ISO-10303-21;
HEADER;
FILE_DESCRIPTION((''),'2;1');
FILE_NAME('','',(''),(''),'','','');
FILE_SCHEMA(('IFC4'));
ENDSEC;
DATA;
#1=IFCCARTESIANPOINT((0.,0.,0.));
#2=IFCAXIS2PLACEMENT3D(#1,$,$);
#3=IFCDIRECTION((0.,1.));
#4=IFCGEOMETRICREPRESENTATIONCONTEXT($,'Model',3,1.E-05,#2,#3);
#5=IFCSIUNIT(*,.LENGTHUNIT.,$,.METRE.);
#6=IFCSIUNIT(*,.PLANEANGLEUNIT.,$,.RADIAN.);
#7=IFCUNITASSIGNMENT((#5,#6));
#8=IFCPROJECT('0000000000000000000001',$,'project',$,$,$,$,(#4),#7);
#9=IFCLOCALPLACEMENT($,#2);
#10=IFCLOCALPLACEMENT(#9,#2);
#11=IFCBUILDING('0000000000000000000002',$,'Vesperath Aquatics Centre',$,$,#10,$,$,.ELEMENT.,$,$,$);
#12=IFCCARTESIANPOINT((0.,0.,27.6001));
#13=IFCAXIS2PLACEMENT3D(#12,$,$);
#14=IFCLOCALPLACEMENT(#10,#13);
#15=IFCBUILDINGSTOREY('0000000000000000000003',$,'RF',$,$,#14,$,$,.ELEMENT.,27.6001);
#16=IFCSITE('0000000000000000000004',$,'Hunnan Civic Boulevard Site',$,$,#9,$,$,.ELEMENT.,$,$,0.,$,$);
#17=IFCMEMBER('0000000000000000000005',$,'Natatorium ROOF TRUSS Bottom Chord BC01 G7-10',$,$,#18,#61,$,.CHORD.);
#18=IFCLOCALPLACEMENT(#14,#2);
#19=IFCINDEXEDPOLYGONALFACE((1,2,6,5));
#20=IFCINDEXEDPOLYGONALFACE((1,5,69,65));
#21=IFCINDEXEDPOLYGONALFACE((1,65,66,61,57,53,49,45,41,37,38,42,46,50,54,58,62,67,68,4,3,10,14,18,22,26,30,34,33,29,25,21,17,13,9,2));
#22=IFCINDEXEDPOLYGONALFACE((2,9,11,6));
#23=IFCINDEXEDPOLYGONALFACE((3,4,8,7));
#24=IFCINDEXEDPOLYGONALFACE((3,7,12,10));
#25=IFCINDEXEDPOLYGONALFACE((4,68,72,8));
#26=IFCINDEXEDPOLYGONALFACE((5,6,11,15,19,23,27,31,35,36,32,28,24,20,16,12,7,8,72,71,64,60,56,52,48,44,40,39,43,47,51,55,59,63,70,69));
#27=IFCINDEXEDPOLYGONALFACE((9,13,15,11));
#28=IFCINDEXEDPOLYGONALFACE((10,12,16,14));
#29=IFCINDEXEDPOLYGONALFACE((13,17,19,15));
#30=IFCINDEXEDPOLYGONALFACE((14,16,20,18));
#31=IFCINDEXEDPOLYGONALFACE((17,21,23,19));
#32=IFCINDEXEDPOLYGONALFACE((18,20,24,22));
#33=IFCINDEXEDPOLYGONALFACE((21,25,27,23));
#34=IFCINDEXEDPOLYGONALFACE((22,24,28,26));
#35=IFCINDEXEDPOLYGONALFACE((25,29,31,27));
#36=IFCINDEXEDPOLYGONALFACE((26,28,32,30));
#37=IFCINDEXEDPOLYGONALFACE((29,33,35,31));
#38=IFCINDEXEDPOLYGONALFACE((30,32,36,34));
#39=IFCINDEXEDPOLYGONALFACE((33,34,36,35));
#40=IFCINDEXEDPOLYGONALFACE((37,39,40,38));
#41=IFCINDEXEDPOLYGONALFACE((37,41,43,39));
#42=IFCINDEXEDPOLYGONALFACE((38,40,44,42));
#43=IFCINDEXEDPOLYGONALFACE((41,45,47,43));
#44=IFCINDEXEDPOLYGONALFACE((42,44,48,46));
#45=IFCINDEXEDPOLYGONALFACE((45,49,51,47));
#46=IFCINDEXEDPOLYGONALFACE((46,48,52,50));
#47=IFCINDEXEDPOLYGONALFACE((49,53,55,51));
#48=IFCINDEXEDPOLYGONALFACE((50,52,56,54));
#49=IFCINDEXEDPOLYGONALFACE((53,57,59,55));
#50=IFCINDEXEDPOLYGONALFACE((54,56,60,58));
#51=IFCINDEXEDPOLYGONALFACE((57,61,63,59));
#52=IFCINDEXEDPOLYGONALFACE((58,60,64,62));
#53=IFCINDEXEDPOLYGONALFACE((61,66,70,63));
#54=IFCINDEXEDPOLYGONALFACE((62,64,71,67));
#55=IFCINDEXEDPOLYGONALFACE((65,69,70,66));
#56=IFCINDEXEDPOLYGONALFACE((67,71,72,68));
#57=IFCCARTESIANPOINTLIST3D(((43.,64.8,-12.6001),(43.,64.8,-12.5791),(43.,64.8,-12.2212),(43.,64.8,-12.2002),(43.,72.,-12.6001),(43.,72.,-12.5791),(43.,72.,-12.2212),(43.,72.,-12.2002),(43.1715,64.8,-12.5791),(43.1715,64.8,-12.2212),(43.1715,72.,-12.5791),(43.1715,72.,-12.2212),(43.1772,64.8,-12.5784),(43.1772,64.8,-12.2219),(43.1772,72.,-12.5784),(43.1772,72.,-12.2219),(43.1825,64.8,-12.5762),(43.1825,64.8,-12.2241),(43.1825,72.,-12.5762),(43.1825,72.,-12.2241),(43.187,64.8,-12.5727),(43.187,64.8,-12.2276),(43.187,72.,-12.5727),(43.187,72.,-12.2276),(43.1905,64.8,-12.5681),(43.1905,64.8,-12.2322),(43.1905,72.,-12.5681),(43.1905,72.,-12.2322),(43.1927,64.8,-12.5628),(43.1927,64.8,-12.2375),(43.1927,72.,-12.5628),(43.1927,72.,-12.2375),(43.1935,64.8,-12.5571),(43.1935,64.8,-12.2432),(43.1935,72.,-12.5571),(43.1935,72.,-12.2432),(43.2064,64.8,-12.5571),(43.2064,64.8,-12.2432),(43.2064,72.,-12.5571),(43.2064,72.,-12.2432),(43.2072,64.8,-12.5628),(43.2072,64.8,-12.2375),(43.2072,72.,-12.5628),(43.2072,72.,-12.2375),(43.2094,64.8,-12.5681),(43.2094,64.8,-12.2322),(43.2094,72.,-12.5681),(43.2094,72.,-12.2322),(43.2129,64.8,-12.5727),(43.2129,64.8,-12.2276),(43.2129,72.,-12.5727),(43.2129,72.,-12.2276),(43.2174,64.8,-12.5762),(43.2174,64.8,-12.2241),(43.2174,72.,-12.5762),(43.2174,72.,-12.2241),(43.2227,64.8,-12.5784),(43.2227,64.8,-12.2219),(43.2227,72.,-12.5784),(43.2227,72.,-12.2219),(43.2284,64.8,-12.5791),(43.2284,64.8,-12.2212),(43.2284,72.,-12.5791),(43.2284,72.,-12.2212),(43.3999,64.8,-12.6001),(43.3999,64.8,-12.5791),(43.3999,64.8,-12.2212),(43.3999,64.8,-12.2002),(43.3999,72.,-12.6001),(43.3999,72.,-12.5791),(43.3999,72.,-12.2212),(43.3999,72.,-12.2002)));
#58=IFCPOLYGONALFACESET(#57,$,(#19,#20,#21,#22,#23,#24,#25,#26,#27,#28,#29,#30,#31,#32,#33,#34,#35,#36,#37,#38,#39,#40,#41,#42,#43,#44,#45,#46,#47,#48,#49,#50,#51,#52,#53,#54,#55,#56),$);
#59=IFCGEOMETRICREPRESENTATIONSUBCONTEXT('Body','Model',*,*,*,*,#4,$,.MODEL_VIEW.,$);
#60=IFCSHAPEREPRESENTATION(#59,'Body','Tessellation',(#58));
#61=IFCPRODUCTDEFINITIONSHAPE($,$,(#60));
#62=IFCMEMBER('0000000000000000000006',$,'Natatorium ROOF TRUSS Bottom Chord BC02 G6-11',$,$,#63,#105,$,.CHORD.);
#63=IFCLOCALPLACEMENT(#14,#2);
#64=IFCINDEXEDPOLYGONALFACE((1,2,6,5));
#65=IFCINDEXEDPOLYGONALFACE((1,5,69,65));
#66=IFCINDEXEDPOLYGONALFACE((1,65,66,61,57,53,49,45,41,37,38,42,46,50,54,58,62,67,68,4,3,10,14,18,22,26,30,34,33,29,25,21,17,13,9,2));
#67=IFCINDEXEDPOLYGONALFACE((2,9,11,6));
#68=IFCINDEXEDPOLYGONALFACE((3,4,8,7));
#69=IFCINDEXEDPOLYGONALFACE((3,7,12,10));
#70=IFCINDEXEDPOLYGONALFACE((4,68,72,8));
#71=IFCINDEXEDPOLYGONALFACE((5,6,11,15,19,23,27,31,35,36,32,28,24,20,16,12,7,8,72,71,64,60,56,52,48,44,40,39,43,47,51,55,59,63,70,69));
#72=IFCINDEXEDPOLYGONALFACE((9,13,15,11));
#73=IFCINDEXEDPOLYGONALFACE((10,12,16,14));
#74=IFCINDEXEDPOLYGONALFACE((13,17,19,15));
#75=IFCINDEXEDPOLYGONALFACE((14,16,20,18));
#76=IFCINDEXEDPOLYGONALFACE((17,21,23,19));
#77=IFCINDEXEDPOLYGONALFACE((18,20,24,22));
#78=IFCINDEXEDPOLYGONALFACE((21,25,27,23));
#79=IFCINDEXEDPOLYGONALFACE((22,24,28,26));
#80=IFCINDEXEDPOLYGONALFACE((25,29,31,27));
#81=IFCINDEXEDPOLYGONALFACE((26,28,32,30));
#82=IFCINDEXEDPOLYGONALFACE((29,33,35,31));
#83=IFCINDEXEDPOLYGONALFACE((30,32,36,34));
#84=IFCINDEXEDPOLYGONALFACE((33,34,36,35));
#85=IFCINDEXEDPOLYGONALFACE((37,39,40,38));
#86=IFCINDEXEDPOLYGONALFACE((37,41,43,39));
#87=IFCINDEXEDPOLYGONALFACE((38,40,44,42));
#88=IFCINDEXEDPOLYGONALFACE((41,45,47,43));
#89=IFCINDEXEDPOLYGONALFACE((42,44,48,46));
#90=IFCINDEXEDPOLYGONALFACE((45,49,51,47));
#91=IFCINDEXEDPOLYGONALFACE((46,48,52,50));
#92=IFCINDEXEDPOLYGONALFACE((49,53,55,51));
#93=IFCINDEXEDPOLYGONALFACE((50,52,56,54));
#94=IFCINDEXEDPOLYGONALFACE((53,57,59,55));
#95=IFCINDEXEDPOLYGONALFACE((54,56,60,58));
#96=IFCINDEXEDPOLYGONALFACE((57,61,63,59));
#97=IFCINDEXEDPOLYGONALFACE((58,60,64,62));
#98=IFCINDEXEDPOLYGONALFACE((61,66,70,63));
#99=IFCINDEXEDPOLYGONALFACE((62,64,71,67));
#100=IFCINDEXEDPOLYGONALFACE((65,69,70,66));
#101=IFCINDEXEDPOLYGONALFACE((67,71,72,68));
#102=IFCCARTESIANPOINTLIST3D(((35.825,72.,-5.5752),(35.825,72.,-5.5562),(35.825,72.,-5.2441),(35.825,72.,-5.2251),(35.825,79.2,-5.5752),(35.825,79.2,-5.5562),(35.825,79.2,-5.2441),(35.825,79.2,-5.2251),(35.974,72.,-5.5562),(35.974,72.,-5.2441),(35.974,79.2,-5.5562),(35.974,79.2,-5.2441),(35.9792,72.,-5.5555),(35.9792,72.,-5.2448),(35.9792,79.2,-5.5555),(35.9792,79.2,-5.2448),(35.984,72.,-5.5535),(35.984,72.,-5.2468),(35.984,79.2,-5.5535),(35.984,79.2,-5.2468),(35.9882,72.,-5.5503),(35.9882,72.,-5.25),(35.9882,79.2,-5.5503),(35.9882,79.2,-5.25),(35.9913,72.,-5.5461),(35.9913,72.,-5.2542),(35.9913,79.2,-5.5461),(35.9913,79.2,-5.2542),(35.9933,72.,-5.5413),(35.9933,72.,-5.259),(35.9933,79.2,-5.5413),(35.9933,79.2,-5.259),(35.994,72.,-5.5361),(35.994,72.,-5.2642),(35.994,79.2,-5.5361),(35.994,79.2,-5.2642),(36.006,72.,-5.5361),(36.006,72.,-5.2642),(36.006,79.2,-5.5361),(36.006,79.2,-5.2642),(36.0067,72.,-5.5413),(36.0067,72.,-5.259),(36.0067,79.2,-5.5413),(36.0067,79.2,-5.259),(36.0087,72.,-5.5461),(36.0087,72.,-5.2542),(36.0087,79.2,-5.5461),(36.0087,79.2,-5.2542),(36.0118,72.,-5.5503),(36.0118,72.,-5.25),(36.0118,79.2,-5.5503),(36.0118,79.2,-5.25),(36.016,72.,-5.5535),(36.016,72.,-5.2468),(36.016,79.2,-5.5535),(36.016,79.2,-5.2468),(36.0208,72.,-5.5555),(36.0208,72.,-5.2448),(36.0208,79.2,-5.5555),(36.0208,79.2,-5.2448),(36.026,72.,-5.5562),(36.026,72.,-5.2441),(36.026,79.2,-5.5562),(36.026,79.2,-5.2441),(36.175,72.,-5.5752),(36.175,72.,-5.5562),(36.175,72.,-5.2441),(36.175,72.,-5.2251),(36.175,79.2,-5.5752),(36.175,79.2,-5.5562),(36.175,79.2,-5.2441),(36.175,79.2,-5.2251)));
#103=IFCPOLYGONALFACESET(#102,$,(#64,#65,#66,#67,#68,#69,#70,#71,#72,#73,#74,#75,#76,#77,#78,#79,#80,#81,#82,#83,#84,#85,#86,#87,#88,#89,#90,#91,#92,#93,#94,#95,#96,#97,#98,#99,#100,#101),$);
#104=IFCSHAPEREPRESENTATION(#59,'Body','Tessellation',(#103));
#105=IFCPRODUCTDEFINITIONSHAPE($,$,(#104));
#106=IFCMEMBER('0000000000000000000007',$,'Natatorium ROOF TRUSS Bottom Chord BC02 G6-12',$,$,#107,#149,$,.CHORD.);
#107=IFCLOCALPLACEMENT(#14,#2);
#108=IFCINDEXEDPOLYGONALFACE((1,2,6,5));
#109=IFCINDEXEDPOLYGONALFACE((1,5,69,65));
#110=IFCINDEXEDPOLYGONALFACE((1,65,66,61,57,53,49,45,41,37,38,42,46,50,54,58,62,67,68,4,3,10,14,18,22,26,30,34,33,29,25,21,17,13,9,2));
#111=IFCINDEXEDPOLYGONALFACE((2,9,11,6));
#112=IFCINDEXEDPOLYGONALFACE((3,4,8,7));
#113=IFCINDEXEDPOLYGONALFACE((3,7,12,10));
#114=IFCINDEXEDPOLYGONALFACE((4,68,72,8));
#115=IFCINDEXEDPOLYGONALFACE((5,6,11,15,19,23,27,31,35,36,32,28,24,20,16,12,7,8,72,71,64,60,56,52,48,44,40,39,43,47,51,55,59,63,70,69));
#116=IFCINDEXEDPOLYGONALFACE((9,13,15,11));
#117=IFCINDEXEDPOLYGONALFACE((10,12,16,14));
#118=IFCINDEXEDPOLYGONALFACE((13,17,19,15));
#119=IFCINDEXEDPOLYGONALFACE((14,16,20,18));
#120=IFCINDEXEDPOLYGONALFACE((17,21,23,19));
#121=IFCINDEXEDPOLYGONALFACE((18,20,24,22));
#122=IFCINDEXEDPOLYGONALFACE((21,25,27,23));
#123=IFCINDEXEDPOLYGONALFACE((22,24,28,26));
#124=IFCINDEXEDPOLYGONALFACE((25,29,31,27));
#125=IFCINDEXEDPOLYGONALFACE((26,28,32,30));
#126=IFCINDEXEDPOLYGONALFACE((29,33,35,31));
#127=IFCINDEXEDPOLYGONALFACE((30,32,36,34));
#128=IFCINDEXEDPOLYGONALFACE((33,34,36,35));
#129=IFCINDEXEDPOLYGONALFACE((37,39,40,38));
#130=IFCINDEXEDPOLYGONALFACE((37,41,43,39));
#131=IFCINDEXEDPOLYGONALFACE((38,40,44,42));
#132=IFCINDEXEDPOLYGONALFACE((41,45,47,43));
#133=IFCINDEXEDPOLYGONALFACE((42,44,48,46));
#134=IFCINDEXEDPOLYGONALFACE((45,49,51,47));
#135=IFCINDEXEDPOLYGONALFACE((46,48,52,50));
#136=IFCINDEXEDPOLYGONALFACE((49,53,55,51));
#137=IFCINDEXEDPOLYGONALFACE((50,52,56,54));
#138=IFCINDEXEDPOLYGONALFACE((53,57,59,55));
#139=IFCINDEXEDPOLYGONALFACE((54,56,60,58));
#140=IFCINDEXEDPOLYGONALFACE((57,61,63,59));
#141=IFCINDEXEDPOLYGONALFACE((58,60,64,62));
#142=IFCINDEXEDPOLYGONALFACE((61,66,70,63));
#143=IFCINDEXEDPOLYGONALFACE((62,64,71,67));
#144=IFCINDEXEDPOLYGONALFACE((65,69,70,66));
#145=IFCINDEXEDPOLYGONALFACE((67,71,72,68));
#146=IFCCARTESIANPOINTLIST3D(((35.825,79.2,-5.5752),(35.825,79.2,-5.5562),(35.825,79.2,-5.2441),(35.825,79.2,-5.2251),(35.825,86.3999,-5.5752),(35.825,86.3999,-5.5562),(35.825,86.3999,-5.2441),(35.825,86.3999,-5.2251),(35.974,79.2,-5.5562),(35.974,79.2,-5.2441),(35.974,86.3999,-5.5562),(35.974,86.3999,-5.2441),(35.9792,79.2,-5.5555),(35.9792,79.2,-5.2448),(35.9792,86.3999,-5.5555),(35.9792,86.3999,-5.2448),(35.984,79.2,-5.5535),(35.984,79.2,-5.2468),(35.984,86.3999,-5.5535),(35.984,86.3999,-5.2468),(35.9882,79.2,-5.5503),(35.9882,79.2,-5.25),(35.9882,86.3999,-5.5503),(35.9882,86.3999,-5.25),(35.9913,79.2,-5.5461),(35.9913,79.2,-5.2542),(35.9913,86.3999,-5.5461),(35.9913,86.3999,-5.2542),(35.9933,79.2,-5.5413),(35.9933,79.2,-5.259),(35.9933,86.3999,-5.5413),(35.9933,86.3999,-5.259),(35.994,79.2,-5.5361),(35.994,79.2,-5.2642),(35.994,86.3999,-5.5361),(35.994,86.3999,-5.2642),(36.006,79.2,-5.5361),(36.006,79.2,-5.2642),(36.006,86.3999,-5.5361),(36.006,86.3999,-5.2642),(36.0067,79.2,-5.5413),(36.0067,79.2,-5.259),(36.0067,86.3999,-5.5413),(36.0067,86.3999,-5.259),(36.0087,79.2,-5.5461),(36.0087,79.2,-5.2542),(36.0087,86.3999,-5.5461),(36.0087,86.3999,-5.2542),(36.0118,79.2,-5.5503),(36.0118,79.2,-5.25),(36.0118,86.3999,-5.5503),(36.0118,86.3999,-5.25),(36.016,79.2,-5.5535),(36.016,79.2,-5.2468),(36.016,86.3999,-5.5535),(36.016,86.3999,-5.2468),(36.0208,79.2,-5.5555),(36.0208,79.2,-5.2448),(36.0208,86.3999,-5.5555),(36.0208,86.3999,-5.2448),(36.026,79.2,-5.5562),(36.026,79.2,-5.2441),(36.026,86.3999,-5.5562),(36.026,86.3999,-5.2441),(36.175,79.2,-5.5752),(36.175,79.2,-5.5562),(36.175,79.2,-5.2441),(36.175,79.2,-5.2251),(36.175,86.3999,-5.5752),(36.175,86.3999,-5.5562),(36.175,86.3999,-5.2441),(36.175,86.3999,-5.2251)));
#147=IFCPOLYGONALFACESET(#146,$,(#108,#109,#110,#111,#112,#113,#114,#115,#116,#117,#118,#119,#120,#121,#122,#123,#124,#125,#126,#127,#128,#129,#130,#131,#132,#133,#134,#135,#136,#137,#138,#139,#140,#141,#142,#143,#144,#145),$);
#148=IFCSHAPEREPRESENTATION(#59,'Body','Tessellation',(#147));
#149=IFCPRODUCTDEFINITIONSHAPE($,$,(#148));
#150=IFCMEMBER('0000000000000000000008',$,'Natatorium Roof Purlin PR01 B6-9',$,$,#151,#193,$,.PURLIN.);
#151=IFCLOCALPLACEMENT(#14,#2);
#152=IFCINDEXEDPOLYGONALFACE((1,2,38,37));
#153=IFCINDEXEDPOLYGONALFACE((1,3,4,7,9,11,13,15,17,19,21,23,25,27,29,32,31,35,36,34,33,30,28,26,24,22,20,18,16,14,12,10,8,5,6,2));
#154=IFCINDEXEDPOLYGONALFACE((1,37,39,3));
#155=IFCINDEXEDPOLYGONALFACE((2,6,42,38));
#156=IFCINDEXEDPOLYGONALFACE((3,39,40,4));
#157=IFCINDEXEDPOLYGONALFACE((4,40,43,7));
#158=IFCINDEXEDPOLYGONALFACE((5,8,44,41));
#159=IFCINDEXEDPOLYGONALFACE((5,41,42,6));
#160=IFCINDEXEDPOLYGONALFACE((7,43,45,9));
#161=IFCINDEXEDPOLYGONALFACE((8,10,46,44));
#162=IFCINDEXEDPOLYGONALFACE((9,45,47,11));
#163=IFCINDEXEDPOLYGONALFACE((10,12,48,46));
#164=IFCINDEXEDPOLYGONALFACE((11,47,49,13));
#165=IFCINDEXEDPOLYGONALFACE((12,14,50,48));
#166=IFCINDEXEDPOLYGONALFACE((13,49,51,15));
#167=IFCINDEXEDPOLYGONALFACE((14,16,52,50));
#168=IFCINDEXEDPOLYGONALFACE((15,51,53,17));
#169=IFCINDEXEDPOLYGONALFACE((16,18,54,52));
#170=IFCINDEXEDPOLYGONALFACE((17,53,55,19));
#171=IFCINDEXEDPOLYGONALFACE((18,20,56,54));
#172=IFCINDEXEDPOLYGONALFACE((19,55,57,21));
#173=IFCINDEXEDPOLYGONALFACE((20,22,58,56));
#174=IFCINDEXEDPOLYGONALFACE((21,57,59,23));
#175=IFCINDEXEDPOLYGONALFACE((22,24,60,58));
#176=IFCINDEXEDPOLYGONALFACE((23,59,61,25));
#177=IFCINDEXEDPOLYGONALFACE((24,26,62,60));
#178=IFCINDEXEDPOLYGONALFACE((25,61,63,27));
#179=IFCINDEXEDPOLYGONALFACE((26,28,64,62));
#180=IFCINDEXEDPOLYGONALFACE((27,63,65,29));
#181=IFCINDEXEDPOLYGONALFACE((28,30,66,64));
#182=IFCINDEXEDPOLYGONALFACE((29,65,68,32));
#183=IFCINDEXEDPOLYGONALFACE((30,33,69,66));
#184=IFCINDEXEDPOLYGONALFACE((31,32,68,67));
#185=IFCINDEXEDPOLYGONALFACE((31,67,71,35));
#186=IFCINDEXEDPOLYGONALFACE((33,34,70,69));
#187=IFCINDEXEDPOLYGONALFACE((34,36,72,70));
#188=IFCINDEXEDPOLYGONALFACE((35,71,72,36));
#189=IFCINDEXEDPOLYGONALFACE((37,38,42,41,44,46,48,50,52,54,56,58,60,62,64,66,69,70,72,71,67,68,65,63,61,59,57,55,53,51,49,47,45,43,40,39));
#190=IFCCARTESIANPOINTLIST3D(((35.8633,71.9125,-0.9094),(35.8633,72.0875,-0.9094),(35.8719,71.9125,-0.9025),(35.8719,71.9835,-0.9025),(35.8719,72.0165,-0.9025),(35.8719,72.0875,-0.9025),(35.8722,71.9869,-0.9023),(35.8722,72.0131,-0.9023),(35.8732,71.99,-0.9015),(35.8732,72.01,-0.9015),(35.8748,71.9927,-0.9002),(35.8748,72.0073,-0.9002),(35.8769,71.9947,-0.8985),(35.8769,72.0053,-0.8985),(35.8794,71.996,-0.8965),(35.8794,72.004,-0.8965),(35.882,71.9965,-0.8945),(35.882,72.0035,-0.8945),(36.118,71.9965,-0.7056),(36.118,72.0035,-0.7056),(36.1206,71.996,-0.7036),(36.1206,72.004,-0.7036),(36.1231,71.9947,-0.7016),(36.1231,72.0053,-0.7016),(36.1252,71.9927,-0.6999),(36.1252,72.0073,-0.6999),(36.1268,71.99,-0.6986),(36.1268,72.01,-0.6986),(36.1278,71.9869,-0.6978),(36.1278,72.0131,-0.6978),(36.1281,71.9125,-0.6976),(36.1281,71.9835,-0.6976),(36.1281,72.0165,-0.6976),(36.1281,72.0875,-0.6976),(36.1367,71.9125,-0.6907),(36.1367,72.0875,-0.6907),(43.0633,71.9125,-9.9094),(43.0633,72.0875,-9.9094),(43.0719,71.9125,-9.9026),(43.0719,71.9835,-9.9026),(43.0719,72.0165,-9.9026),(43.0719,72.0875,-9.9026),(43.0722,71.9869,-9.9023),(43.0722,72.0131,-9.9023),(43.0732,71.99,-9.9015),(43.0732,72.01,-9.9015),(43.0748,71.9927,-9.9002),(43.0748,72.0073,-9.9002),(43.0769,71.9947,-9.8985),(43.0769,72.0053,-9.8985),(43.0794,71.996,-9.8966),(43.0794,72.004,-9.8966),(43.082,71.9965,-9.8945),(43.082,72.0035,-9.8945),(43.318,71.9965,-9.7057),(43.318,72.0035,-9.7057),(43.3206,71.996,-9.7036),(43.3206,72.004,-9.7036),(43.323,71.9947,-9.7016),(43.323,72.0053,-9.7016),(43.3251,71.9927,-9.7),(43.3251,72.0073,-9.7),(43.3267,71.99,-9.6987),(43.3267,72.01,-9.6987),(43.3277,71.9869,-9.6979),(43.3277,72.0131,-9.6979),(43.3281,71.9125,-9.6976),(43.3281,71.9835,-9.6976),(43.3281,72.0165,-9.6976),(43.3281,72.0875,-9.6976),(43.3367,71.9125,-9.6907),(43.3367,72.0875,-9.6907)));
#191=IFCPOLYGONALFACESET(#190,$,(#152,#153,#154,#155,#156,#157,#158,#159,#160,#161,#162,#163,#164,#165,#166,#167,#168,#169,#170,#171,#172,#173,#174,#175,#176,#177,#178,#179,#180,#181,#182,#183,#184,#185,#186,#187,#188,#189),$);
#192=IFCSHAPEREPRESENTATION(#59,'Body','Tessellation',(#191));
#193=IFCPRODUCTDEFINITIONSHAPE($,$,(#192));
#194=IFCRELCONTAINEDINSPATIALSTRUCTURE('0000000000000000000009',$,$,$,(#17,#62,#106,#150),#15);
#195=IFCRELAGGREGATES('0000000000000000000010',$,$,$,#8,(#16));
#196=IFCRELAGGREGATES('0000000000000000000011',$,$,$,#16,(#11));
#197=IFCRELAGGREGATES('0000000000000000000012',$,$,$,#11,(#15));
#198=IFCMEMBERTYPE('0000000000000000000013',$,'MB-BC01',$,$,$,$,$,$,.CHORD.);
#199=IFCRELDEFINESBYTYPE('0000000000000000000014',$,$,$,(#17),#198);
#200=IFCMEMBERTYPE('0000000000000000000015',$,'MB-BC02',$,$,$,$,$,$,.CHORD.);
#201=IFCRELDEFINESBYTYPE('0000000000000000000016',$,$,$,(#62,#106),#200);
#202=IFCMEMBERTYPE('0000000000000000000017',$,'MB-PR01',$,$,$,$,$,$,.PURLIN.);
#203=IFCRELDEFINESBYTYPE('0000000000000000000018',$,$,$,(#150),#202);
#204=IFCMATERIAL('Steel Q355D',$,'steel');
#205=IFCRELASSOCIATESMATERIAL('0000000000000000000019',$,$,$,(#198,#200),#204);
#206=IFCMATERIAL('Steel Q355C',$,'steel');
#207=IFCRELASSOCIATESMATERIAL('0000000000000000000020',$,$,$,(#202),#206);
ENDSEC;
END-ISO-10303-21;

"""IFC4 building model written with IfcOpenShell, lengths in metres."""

from ifc_helpers import new_model, si_unit, direction, frame, origin, origin_2d, place, context, subcontext, project, spatial, i_section, extrude, material, material_profile, profile_set, type_object, element, save


model = new_model("IFC4")

# Units and contexts
model_context = context("Model", 3, precision=1e-05, world=origin(), true_north=direction((0.0, 1.0)))
body_context = subcontext(model_context, "Body", "Model", "MODEL_VIEW")
ifc_project = project(units=[si_unit("LENGTHUNIT", "METRE"), si_unit("PLANEANGLEUNIT", "RADIAN")], contexts=[model_context])

# Site, building, storey
site_placement = place(None, origin())
site = spatial("IfcSite", under=ifc_project, at=site_placement, Name="Hunnan Civic Boulevard Site", CompositionType="ELEMENT", RefElevation=0.0)
building_placement = place(site_placement, origin())
building = spatial("IfcBuilding", under=site, at=building_placement, Name="Vesperath Aquatics Centre", CompositionType="ELEMENT")
storey_placement = place(building_placement, frame((0.0, 0.0, 27.6001)))
storey = spatial("IfcBuildingStorey", under=building, at=storey_placement, Name="RF", CompositionType="ELEMENT", Elevation=27.6001)

# Members
ifc_material_1 = material(Name="Steel Q355D", Category="steel")
ifc_material_profile_1 = material_profile(ifc_material_1, i_section(OverallWidth=0.3999, OverallDepth=0.3999, WebThickness=0.0129, FlangeThickness=0.021, FilletRadius=0.022, at=origin_2d()), Name="HW 400x400x13x21")
ifc_profile_set_1 = profile_set([ifc_material_profile_1], Name="Steel Q355D")
member_type_1 = type_object("IfcMemberType", Name="MB-BC01", PredefinedType="CHORD", material=ifc_profile_set_1)
member_1_placement = place(storey_placement, frame((43.2, 64.8, -12.4001), z_axis=(0.0, 1.0, 0.0), x_axis=(-1.0, 0.0, 0.0)))
element("IfcMember", 1, at=member_1_placement, inside=storey, type_object=member_type_1, Name="Natatorium ROOF TRUSS Bottom Chord BC01 G7-10", PredefinedType="CHORD", context=body_context, shape_type="SweptSolid", body=[
    extrude(i_section(OverallWidth=0.3999, OverallDepth=0.3999, WebThickness=0.0129, FlangeThickness=0.021, FilletRadius=0.022, at=origin_2d()), origin(), (0.0, 0.0, 1.0), 7.2),
])
ifc_material_profile_2 = material_profile(ifc_material_1, i_section(OverallWidth=0.3501, OverallDepth=0.3501, WebThickness=0.012, FlangeThickness=0.019, FilletRadius=0.02, at=origin_2d()), Name="HW 350x350x12x19")
ifc_profile_set_2 = profile_set([ifc_material_profile_2], Name="Steel Q355D")
member_type_2 = type_object("IfcMemberType", Name="MB-BC02", PredefinedType="CHORD", material=ifc_profile_set_2)
for number, where, z_axis, x_axis, name in (
    (2, (36.0, 72.0, -5.4001), (0.0, 1.0, 0.0), (-1.0, 0.0, 0.0), "Natatorium ROOF TRUSS Bottom Chord BC02 G6-11"),
    (3, (36.0, 79.2, -5.4001), (0.0, 1.0, 0.0), (-1.0, 0.0, 0.0), "Natatorium ROOF TRUSS Bottom Chord BC02 G6-12"),
):
    element("IfcMember", number, at=place(storey_placement, frame(where, z_axis=z_axis, x_axis=x_axis)), inside=storey, type_object=member_type_2, Name=name, PredefinedType="CHORD", context=body_context, shape_type="SweptSolid", body=[
        extrude(i_section(OverallWidth=0.3501, OverallDepth=0.3501, WebThickness=0.012, FlangeThickness=0.019, FilletRadius=0.02, at=origin_2d()), origin(), (0.0, 0.0, 1.0), 7.2),
    ])
ifc_material_2 = material(Name="Steel Q355C", Category="steel")
ifc_material_profile_3 = material_profile(ifc_material_2, i_section(OverallWidth=0.175, OverallDepth=0.3501, WebThickness=0.0071, FlangeThickness=0.011, FilletRadius=0.0129, at=origin_2d()), Name="HN 350x175x7x11")
ifc_profile_set_3 = profile_set([ifc_material_profile_3], Name="Steel Q355C")
member_type_3 = type_object("IfcMemberType", Name="MB-PR01", PredefinedType="PURLIN", material=ifc_profile_set_3)
for number, where, z_axis, x_axis, name in (
    (4, (36.0, 72.0, -0.8), (0.624692, 0.0, -0.780871), (0.0, 1.0, 0.0), "Natatorium Roof Purlin PR01 B6-9"),
):
    element("IfcMember", number, at=place(storey_placement, frame(where, z_axis=z_axis, x_axis=x_axis)), inside=storey, type_object=member_type_3, Name=name, PredefinedType="PURLIN", context=body_context, shape_type="SweptSolid", body=[
        extrude(i_section(OverallWidth=0.175, OverallDepth=0.3501, WebThickness=0.0071, FlangeThickness=0.011, FilletRadius=0.0129, at=origin_2d()), origin(), (0.0, 0.0, 1.0), 11.5256),
    ])

save(model, "model.ifc")
